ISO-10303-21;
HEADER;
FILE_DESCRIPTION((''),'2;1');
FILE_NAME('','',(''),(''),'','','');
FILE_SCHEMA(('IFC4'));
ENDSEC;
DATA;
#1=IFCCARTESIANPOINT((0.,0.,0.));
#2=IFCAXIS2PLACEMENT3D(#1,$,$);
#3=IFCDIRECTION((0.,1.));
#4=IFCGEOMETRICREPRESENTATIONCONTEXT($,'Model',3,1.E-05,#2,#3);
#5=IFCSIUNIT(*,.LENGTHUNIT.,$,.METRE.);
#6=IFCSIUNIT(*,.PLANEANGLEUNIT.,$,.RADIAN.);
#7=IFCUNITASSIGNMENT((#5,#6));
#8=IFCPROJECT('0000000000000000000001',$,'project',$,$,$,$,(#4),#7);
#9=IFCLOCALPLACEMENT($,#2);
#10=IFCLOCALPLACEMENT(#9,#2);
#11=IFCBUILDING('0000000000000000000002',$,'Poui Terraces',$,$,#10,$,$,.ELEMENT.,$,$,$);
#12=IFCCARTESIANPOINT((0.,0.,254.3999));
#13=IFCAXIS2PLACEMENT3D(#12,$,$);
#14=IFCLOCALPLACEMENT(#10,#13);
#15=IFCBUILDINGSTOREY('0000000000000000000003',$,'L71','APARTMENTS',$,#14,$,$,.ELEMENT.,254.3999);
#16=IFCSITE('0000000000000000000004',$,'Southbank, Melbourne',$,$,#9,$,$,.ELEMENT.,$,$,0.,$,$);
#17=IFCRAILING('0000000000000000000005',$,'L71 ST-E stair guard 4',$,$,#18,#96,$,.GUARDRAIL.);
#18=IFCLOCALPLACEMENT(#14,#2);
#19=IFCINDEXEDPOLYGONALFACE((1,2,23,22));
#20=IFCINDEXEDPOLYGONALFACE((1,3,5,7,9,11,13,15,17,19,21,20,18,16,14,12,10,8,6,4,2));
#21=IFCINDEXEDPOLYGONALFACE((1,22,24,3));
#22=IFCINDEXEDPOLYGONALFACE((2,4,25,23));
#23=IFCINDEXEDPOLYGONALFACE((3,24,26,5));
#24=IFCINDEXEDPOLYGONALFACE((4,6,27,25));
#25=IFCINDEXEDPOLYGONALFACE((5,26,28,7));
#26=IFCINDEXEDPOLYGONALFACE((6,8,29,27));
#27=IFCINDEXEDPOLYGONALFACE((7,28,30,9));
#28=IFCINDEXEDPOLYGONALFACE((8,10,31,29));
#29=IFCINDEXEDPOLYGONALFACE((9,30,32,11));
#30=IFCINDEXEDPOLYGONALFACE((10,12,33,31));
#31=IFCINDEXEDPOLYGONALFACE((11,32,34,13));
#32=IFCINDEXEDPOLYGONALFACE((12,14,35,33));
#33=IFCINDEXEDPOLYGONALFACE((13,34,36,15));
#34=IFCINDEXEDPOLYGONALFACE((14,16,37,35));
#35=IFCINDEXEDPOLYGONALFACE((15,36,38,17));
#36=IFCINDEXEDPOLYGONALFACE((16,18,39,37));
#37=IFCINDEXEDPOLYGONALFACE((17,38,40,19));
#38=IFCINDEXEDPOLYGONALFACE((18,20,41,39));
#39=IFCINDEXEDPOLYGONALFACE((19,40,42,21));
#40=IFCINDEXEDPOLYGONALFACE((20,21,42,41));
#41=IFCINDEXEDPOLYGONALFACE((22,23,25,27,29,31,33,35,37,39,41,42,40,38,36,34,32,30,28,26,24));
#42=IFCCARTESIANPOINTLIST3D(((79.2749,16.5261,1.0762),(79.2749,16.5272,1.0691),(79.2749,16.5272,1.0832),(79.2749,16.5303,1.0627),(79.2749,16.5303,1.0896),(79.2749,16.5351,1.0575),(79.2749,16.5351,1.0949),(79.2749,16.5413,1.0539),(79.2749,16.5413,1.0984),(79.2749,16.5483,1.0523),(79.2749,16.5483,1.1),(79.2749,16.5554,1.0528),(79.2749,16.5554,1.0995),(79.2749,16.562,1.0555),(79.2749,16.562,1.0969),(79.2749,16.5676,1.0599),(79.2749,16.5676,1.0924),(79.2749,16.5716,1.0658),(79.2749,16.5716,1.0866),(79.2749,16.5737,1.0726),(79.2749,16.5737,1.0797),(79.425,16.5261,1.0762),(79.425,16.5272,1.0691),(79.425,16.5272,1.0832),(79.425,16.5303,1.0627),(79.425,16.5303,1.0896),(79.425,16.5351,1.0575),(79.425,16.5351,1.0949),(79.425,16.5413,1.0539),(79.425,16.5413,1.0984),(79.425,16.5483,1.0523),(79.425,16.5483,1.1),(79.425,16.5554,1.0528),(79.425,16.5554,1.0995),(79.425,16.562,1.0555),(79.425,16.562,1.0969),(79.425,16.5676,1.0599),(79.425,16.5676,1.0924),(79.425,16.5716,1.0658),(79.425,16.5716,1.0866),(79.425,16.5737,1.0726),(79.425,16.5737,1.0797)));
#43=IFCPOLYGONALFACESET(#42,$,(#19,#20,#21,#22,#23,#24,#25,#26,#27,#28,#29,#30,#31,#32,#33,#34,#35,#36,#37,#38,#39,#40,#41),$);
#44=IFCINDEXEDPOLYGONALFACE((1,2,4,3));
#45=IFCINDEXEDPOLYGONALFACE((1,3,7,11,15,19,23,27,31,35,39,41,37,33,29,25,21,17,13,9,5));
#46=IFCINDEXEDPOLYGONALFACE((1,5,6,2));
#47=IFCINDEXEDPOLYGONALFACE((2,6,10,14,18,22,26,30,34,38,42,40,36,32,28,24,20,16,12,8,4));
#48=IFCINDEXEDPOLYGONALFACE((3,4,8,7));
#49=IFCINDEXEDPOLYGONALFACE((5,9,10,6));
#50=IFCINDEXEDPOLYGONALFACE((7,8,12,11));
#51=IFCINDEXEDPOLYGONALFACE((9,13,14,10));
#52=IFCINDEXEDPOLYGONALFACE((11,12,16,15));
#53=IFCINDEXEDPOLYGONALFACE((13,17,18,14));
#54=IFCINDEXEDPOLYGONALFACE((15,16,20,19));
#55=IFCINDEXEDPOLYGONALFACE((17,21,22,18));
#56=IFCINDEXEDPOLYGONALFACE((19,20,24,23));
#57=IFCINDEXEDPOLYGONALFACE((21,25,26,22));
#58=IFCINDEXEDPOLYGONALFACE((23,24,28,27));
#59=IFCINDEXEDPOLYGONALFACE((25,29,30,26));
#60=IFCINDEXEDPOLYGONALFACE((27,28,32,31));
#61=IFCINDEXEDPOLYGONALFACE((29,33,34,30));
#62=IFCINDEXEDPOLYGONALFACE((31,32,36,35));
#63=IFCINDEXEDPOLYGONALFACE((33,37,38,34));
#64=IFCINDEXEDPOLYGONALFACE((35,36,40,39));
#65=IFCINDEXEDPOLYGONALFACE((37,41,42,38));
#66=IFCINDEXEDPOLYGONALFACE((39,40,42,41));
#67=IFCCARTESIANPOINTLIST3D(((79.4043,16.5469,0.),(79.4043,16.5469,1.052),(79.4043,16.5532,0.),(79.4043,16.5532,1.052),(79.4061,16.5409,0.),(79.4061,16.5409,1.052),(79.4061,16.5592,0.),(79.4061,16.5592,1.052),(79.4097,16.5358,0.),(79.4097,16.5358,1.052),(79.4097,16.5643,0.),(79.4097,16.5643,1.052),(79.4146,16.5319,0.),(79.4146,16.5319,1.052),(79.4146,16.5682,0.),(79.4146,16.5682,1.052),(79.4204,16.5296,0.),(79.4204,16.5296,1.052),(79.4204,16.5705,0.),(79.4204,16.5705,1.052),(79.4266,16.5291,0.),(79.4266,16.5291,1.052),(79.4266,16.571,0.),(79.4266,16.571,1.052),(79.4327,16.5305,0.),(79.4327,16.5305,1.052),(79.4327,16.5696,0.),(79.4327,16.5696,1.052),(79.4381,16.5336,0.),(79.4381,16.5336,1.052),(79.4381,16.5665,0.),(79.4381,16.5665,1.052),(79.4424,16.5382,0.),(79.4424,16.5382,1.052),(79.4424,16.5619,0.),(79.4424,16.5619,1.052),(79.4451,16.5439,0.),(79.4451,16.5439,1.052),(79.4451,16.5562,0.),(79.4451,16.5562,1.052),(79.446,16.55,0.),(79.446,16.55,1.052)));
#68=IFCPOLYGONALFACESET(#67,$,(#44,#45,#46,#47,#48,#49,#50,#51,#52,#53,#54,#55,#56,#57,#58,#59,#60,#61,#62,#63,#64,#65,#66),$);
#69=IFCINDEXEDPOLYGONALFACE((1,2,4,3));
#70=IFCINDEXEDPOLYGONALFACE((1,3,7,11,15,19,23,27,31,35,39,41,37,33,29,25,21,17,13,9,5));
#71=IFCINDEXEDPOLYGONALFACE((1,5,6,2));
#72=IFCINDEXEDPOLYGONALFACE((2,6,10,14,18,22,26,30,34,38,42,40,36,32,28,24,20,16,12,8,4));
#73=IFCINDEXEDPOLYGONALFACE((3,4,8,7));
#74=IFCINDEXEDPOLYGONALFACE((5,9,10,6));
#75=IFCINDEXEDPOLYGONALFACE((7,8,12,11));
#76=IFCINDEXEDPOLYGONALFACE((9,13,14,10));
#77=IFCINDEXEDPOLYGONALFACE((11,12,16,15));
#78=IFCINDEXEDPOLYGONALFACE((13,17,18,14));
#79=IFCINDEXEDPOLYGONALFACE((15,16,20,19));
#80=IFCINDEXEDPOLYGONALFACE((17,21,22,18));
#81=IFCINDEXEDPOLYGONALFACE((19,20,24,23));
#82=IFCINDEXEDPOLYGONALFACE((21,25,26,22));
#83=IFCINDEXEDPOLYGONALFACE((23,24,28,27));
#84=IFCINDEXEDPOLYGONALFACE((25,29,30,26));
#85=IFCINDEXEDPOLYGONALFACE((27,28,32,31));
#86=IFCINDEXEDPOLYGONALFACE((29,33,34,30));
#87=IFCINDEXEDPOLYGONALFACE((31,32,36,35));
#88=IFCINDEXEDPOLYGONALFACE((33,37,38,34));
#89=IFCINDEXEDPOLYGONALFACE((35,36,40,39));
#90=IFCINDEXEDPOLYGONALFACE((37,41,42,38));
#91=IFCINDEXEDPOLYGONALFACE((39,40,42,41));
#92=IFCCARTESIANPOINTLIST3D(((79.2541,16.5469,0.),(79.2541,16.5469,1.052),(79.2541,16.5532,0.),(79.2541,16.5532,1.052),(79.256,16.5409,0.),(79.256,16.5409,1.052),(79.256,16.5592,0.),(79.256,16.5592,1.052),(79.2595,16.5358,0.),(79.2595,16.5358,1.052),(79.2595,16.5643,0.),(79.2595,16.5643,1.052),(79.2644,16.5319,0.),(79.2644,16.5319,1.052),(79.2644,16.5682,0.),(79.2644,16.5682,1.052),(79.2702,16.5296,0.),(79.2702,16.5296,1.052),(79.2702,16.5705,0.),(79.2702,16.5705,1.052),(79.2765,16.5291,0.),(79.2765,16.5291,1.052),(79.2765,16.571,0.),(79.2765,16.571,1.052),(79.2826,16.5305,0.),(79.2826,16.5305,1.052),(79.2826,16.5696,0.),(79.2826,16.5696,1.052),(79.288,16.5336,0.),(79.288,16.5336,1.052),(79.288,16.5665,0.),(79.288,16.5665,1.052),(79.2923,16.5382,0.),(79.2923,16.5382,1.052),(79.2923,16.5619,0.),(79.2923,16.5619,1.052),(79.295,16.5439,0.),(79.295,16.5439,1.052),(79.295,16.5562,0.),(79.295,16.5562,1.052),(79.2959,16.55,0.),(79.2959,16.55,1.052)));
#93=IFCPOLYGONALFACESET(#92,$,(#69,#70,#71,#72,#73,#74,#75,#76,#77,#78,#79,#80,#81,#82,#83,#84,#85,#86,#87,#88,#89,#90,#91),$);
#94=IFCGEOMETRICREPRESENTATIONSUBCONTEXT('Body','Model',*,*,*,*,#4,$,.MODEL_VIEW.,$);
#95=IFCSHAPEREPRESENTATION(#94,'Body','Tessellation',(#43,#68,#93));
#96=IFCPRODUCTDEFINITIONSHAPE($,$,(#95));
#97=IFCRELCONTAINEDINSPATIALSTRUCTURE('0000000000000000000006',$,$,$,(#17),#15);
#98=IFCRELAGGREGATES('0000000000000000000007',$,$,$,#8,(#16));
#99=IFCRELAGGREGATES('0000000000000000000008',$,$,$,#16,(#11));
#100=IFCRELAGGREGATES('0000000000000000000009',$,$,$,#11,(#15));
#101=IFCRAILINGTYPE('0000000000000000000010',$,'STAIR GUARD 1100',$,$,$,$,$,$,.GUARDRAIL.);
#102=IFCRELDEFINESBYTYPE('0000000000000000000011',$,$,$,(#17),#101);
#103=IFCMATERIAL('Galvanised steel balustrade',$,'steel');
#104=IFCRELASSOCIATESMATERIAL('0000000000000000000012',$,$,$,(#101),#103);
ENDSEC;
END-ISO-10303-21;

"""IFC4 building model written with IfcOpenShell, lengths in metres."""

from ifc_helpers import new_model, si_unit, direction, frame, origin, origin_2d, place, context, subcontext, project, spatial, circle, extrude, material, type_object, element, save


model = new_model("IFC4")

# Units and contexts
model_context = context("Model", 3, precision=1e-05, world=origin(), true_north=direction((0.0, 1.0)))
body_context = subcontext(model_context, "Body", "Model", "MODEL_VIEW")
ifc_project = project(units=[si_unit("LENGTHUNIT", "METRE"), si_unit("PLANEANGLEUNIT", "RADIAN")], contexts=[model_context])

# Site, building, storey
site_placement = place(None, origin())
site = spatial("IfcSite", under=ifc_project, at=site_placement, Name="Southbank, Melbourne", CompositionType="ELEMENT", RefElevation=0.0)
building_placement = place(site_placement, origin())
building = spatial("IfcBuilding", under=site, at=building_placement, Name="Poui Terraces", CompositionType="ELEMENT")
storey_placement = place(building_placement, frame((0.0, 0.0, 254.3999)))
storey = spatial("IfcBuildingStorey", under=building, at=storey_placement, Name="L71", Description="APARTMENTS", CompositionType="ELEMENT", Elevation=254.3999)

# Railing
ifc_material_1 = material(Name="Galvanised steel balustrade", Category="steel")
railing_type_1 = type_object("IfcRailingType", Name="STAIR GUARD 1100", PredefinedType="GUARDRAIL", material=ifc_material_1)
railing_1_placement = place(storey_placement, frame((79.425, 16.55, 0.0)))
element("IfcRailing", 1, at=railing_1_placement, inside=storey, type_object=railing_type_1, Name="L71 ST-E stair guard 4", PredefinedType="GUARDRAIL", context=body_context, shape_type="SweptSolid", body=[
    extrude(circle(Radius=0.0239, at=origin_2d()), frame((0.0, 0.0, 1.0762), z_axis=(-1.0, 0.0, 0.0), x_axis=(0.0, -1.0, 0.0)), (0.0, 0.0, 1.0), 0.1501),
    extrude(circle(Radius=0.021, at=origin_2d()), origin(), (0.0, 0.0, 1.0), 1.052),
    extrude(circle(Radius=0.021, at=origin_2d()), frame((-0.1501, 0.0, 0.0)), (0.0, 0.0, 1.0), 1.052),
])

save(model, "model.ifc")
